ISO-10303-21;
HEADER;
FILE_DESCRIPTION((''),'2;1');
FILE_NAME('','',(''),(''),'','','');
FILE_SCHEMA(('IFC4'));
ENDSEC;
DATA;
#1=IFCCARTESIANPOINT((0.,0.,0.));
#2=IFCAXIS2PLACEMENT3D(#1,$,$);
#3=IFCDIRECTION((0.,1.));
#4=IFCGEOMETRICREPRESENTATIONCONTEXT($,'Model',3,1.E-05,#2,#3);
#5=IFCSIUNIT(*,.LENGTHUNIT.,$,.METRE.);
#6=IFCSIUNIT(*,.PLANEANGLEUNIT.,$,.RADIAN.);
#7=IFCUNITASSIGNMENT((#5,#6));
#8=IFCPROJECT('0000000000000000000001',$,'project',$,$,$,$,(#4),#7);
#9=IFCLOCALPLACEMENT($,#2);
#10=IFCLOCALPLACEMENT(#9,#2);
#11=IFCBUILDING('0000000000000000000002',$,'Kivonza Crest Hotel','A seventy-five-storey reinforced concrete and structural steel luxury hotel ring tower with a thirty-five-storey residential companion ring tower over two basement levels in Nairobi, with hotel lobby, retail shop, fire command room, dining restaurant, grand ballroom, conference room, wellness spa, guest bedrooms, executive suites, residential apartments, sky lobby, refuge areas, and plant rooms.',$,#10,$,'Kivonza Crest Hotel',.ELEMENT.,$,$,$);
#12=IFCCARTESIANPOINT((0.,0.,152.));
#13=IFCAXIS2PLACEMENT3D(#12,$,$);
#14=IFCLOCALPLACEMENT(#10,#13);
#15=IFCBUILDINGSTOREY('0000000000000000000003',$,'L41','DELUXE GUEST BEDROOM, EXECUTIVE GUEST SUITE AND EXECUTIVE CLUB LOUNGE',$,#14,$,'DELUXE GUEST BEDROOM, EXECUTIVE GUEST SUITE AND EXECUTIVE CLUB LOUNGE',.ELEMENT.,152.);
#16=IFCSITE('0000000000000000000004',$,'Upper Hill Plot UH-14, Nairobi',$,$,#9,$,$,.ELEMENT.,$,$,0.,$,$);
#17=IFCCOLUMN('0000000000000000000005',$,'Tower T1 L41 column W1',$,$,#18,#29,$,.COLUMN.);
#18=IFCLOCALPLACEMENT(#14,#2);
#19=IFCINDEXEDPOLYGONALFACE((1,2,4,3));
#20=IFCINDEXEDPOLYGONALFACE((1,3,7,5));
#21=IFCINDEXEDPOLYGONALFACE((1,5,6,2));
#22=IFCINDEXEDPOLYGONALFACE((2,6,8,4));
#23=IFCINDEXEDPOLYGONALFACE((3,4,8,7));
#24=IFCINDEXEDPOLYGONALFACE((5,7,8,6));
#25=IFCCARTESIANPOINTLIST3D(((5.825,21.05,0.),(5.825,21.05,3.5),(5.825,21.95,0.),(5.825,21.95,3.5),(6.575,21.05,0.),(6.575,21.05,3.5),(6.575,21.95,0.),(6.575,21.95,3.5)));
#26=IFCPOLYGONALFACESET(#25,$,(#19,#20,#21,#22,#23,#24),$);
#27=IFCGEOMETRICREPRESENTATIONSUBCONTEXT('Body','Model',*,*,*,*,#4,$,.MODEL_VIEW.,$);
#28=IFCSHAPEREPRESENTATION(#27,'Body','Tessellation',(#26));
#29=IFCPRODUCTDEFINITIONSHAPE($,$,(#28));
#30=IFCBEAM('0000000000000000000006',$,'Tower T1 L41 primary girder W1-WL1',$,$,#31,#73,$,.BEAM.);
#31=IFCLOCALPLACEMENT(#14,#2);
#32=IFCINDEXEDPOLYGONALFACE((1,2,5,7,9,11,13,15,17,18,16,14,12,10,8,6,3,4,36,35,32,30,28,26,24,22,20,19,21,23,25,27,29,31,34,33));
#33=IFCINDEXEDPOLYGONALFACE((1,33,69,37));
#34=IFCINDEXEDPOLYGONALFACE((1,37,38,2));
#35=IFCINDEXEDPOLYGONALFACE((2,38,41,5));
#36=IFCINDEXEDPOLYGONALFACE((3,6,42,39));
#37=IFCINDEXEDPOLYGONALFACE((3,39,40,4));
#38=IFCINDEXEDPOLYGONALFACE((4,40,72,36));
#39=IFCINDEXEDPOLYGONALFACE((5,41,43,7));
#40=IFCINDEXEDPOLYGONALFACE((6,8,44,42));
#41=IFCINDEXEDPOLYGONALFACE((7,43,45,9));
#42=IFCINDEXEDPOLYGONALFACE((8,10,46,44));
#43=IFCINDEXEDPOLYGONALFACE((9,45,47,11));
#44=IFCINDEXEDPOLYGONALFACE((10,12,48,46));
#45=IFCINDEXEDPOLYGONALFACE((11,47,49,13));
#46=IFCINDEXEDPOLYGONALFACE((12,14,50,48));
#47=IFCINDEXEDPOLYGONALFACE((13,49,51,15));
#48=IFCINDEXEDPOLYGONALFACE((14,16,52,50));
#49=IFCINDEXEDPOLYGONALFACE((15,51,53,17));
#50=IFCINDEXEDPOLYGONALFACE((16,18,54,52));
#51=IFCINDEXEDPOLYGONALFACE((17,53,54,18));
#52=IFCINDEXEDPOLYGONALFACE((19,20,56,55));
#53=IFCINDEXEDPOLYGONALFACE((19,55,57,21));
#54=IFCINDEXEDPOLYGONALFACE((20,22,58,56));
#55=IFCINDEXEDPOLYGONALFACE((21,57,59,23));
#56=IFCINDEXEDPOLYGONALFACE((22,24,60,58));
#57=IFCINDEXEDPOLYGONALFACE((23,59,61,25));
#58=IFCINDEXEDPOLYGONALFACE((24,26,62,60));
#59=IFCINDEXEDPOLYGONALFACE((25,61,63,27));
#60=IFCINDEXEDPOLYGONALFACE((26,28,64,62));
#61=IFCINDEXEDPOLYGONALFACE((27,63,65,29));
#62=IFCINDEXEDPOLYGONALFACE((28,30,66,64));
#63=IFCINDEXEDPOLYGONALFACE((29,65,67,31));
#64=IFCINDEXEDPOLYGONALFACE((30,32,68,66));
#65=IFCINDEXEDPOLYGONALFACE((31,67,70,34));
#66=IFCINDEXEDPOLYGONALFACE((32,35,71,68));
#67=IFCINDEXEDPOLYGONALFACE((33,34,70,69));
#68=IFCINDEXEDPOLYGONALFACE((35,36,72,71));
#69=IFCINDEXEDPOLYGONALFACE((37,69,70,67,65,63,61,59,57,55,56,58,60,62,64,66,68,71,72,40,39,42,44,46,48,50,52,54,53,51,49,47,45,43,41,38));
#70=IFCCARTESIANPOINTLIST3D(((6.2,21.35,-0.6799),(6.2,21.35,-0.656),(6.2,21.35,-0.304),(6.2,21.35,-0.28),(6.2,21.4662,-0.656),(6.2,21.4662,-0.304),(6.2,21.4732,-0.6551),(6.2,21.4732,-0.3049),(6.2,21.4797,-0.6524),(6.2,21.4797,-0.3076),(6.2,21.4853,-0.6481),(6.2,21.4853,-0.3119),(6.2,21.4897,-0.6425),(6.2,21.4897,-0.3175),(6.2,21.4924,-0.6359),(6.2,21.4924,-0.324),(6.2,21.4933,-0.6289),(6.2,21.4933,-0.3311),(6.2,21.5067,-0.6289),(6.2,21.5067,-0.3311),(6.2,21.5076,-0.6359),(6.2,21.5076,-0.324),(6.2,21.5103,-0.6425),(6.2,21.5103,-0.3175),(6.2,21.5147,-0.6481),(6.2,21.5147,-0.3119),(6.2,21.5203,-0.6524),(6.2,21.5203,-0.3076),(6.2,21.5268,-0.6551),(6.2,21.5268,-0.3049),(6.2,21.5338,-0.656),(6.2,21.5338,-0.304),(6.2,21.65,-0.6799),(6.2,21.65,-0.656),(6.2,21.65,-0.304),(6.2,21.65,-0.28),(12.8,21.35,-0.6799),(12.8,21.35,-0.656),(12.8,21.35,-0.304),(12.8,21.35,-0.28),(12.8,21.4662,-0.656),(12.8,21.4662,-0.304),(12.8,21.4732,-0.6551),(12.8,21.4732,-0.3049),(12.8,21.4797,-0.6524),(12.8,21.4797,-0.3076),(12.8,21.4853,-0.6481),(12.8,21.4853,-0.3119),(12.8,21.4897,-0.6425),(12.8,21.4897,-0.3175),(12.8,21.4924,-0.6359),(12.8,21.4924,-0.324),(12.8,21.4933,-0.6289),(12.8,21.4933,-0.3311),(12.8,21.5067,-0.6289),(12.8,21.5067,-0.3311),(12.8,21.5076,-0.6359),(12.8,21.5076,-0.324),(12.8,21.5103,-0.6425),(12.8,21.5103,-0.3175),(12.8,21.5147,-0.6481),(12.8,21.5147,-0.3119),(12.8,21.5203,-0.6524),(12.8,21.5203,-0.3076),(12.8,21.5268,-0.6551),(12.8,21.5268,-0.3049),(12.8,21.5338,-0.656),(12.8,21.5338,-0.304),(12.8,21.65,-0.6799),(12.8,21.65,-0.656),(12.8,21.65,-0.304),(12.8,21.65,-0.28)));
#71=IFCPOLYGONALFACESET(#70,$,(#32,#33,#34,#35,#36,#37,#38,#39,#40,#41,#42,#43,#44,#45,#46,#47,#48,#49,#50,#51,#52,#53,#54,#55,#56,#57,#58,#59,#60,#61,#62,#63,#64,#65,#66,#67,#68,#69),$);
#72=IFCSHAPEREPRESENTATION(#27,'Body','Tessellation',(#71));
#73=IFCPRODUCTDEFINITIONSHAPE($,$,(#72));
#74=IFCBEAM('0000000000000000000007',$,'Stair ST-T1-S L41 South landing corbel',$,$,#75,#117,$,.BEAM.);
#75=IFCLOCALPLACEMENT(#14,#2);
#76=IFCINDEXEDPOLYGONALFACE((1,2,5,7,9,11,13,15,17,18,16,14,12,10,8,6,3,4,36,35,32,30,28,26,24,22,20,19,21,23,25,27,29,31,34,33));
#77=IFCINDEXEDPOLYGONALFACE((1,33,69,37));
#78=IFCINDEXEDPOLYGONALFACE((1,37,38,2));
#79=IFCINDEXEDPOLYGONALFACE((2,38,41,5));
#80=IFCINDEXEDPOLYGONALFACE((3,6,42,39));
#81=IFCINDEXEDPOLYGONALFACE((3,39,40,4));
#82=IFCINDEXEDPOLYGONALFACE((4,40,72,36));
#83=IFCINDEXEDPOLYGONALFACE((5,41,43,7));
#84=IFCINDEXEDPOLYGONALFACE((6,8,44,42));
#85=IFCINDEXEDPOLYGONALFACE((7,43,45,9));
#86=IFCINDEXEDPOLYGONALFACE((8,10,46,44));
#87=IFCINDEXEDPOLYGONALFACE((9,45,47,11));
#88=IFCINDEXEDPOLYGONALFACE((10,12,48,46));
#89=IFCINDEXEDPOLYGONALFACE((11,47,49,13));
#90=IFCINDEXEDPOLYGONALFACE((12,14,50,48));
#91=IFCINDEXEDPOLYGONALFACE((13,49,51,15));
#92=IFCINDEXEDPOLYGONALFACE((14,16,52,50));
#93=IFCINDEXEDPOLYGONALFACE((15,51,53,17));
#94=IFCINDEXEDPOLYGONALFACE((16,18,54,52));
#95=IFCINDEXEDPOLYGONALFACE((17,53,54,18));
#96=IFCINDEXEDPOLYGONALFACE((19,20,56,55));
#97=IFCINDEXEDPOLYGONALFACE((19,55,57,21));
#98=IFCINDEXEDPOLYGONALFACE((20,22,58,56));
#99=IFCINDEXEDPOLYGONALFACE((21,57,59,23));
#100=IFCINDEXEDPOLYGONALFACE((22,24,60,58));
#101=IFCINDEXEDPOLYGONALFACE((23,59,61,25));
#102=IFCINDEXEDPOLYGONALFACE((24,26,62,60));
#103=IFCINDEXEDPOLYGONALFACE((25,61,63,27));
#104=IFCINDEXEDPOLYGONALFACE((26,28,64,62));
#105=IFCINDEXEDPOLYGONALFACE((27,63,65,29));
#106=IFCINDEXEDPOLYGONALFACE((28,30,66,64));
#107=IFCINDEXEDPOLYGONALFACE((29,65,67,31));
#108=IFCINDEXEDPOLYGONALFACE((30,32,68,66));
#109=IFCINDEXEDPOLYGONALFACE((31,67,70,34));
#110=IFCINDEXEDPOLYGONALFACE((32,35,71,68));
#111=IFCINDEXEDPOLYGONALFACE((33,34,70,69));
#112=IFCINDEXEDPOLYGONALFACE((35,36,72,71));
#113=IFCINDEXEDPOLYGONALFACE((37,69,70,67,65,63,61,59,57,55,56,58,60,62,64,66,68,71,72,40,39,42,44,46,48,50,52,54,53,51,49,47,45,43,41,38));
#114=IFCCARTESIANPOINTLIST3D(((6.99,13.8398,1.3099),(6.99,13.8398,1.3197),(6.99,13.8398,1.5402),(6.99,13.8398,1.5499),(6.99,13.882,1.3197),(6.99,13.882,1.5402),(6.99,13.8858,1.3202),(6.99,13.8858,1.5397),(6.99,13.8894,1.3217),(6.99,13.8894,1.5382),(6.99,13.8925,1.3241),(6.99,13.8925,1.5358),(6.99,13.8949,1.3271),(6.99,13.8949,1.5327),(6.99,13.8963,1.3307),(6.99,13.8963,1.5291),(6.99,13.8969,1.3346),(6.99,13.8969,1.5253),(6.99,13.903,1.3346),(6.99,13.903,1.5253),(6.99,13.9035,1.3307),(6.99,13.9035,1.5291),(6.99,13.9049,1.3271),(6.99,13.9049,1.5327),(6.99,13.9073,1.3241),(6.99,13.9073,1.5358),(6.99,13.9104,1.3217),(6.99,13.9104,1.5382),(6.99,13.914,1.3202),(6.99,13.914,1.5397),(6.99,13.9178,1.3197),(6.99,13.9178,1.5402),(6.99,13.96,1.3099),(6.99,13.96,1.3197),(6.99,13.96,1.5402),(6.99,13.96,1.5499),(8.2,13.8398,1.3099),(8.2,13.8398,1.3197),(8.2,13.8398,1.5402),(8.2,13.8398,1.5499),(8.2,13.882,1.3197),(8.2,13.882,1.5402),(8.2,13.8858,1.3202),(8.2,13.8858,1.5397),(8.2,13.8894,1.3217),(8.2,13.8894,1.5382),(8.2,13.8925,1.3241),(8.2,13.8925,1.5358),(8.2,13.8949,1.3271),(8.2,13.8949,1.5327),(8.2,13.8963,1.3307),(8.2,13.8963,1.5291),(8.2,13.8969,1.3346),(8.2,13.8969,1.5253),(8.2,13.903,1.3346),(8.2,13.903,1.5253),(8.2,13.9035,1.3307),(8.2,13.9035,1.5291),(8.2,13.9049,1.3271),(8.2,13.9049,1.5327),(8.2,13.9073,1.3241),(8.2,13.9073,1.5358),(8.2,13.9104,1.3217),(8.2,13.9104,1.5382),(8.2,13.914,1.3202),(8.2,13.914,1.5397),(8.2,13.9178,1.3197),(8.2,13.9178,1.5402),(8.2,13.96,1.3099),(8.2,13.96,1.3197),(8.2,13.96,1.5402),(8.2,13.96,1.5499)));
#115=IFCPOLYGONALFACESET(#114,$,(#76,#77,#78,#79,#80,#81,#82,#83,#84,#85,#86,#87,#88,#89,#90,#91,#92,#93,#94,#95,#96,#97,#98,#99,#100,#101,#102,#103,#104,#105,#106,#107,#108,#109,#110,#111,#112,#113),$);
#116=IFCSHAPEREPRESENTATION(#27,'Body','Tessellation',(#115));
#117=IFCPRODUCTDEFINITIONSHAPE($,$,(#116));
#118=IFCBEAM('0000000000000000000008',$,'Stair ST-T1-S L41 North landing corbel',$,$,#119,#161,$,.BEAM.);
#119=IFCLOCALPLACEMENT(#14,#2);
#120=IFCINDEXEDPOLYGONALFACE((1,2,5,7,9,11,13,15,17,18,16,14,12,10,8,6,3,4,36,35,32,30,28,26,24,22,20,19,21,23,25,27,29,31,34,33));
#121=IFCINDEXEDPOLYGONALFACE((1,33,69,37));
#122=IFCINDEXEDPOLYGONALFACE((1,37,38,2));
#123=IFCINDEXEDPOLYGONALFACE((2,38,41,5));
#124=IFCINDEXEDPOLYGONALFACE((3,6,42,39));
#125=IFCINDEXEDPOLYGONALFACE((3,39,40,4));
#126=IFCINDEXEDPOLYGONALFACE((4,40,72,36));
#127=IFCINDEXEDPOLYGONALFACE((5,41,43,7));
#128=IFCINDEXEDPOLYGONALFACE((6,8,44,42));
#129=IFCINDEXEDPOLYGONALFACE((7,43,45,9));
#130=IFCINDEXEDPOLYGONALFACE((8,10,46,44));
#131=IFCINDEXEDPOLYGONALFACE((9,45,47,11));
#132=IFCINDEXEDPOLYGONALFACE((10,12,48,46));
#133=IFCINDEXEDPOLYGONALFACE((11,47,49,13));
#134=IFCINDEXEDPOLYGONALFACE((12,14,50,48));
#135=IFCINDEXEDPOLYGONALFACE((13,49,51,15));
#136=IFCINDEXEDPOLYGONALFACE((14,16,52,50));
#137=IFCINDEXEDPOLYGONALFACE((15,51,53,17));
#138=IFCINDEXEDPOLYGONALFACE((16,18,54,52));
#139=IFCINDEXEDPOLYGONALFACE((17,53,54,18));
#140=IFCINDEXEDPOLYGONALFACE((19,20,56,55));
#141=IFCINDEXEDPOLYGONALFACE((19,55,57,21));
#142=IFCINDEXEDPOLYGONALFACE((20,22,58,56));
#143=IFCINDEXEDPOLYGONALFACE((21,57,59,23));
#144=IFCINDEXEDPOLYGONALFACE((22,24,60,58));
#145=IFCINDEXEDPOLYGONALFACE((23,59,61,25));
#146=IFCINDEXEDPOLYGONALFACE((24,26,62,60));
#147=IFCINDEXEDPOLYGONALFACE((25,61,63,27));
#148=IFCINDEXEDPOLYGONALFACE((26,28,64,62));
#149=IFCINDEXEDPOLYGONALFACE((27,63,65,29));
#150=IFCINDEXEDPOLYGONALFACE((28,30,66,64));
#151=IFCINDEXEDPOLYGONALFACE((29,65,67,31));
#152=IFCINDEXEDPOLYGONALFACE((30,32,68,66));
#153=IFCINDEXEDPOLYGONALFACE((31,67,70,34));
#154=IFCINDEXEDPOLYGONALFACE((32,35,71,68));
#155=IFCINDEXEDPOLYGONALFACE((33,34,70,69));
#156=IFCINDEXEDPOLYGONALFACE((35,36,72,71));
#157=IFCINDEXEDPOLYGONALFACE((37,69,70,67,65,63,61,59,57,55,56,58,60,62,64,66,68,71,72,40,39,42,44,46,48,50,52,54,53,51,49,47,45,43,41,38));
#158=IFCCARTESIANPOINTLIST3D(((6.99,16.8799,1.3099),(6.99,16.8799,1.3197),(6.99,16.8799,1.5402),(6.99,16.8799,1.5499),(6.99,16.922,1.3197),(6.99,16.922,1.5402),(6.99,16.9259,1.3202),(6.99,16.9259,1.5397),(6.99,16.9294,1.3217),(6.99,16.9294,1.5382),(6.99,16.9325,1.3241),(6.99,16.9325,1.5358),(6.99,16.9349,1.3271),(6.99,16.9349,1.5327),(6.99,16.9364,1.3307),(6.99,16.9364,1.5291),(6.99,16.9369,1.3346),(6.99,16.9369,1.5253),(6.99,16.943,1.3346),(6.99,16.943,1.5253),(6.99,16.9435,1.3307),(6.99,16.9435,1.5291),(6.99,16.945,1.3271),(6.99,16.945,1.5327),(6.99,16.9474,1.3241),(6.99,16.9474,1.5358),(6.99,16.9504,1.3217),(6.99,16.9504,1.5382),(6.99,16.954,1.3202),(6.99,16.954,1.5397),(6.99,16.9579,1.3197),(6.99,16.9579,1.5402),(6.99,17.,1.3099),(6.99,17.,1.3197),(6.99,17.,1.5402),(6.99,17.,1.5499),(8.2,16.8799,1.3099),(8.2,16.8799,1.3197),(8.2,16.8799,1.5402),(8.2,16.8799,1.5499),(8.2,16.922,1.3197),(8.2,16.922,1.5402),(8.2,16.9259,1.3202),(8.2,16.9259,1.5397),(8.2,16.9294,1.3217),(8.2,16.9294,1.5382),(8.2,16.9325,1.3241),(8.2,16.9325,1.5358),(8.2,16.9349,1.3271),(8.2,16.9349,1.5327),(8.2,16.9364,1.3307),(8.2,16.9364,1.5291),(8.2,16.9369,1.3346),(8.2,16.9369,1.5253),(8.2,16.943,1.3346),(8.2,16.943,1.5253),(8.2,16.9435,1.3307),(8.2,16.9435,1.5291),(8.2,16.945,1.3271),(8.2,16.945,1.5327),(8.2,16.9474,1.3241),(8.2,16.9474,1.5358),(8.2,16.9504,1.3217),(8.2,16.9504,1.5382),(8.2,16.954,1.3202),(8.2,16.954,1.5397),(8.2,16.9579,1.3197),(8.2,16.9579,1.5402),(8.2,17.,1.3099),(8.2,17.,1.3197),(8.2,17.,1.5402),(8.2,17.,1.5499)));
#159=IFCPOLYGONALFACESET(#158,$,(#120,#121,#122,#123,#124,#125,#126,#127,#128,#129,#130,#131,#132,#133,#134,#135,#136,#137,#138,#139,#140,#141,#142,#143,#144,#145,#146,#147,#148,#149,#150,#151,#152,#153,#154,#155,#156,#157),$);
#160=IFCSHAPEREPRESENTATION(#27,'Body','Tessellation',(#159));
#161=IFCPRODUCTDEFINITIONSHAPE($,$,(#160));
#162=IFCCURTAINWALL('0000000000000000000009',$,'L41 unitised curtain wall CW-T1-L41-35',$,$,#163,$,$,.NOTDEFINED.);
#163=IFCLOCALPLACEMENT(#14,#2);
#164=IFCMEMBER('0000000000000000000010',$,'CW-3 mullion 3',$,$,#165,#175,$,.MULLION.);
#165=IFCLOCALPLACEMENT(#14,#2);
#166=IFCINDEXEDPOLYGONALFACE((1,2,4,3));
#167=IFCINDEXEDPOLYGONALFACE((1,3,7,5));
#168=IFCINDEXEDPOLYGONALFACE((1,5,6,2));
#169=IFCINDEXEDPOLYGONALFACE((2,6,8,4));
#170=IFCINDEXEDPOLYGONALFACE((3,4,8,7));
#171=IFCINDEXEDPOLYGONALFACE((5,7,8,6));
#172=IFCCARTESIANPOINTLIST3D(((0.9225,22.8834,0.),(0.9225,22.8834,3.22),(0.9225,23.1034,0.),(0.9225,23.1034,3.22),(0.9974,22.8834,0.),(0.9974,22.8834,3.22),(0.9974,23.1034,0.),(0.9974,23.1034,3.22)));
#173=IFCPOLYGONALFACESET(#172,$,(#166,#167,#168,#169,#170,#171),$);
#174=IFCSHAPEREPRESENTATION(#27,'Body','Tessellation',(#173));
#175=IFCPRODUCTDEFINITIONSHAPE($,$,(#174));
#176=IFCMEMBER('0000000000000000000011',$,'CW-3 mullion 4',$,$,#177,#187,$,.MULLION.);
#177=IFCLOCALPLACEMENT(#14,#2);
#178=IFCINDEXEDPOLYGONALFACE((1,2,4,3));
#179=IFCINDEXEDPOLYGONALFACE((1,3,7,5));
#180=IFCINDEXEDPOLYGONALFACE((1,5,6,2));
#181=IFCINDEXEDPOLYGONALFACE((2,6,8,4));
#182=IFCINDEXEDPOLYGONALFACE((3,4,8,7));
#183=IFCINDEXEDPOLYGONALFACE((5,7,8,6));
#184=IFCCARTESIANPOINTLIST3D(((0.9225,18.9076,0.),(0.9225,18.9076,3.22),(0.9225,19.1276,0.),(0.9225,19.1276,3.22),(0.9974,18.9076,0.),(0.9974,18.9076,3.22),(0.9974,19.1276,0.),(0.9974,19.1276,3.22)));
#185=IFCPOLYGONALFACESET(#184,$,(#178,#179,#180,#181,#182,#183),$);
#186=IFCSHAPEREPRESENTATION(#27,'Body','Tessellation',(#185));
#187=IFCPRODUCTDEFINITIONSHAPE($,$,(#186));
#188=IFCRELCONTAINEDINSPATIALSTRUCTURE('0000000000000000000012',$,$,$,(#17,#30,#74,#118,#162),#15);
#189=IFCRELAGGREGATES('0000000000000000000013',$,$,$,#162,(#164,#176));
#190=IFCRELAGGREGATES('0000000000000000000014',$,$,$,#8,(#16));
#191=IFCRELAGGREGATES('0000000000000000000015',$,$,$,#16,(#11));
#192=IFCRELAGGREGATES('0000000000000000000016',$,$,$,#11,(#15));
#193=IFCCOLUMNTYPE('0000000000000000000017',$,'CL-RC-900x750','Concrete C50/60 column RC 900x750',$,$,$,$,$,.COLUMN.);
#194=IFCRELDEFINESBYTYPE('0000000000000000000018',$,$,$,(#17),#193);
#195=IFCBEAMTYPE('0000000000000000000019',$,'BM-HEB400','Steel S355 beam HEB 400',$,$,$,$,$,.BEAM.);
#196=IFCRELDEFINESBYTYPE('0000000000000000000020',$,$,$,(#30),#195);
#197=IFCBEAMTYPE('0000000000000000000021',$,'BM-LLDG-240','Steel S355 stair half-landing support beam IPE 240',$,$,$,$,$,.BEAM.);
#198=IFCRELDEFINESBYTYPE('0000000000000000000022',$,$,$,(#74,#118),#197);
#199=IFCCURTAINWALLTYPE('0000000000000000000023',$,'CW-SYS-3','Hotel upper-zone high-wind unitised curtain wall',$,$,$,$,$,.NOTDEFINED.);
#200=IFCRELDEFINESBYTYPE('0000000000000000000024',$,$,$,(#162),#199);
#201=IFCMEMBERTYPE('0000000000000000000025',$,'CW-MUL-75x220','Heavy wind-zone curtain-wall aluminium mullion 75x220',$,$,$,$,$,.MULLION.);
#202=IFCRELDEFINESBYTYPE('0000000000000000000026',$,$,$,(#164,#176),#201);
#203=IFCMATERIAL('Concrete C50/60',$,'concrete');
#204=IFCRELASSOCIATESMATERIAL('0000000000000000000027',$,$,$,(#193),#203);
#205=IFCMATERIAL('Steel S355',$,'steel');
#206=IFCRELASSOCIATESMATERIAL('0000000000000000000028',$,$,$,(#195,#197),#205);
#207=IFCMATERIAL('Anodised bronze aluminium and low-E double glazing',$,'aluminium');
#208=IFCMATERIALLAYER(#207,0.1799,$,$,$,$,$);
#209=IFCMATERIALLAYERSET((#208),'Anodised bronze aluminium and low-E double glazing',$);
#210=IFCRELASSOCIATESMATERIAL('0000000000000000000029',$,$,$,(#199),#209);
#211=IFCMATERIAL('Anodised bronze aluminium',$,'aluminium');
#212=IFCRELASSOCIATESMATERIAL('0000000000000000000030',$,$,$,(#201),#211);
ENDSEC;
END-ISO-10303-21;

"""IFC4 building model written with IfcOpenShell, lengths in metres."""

from ifc_helpers import new_model, si_unit, direction, frame, origin, origin_2d, place, context, subcontext, project, spatial, rectangle, i_section, extrude, material, layer, layer_set, material_profile, profile_set, type_object, element, aggregate, save


model = new_model("IFC4")

# Units and contexts
model_context = context("Model", 3, precision=1e-05, world=origin(), true_north=direction((0.0, 1.0)))
body_context = subcontext(model_context, "Body", "Model", "MODEL_VIEW")
ifc_project = project(units=[si_unit("LENGTHUNIT", "METRE"), si_unit("PLANEANGLEUNIT", "RADIAN")], contexts=[model_context])

# Site, building, storey
site_placement = place(None, origin())
site = spatial("IfcSite", under=ifc_project, at=site_placement, Name="Upper Hill Plot UH-14, Nairobi", CompositionType="ELEMENT", RefElevation=0.0)
building_placement = place(site_placement, origin())
building = spatial("IfcBuilding", under=site, at=building_placement, Name="Kivonza Crest Hotel", Description="A seventy-five-storey reinforced concrete and structural steel luxury hotel ring tower with a thirty-five-storey residential companion ring tower over two basement levels in Nairobi, with hotel lobby, retail shop, fire command room, dining restaurant, grand ballroom, conference room, wellness spa, guest bedrooms, executive suites, residential apartments, sky lobby, refuge areas, and plant rooms.", LongName="Kivonza Crest Hotel", CompositionType="ELEMENT")
storey_placement = place(building_placement, frame((0.0, 0.0, 152.0)))
storey = spatial("IfcBuildingStorey", under=building, at=storey_placement, Name="L41", Description="DELUXE GUEST BEDROOM, EXECUTIVE GUEST SUITE AND EXECUTIVE CLUB LOUNGE", LongName="DELUXE GUEST BEDROOM, EXECUTIVE GUEST SUITE AND EXECUTIVE CLUB LOUNGE", CompositionType="ELEMENT", Elevation=152.0)

# Column
ifc_material_1 = material(Name="Concrete C50/60", Category="concrete")
ifc_material_profile_1 = material_profile(ifc_material_1, rectangle(XDim=0.75, YDim=0.8999, at=origin_2d()), Name="RC 900x750")
ifc_profile_set_1 = profile_set([ifc_material_profile_1], Name="Concrete C50/60")
column_type = type_object("IfcColumnType", Name="CL-RC-900x750", Description="Concrete C50/60 column RC 900x750", PredefinedType="COLUMN", material=ifc_profile_set_1)
column_placement = place(storey_placement, frame((6.2, 21.5, 0.0), z_axis=(0.0, 0.0, 1.0), x_axis=(1.0, 0.0, 0.0)))
element("IfcColumn", 1, at=column_placement, inside=storey, type_object=column_type, Name="Tower T1 L41 column W1", PredefinedType="COLUMN", context=body_context, shape_type="SweptSolid", body=[
    extrude(rectangle(XDim=0.75, YDim=0.8999, at=origin_2d()), origin(), (0.0, 0.0, 1.0), 3.5),
])

# Beams
ifc_material_2 = material(Name="Steel S355", Category="steel")
ifc_material_profile_2 = material_profile(ifc_material_2, i_section(OverallWidth=0.3, OverallDepth=0.3999, WebThickness=0.0134, FlangeThickness=0.0239, FilletRadius=0.0271, at=origin_2d()), Name="HEB 400")
ifc_profile_set_2 = profile_set([ifc_material_profile_2], Name="Steel S355")
beam_type_1 = type_object("IfcBeamType", Name="BM-HEB400", Description="Steel S355 beam HEB 400", PredefinedType="BEAM", material=ifc_profile_set_2)
beam_placement = place(storey_placement, frame((6.2, 21.5, -0.48), z_axis=(1.0, 0.0, 0.0), x_axis=(0.0, 1.0, 0.0)))
element("IfcBeam", 2, at=beam_placement, inside=storey, type_object=beam_type_1, Name="Tower T1 L41 primary girder W1-WL1", PredefinedType="BEAM", context=body_context, shape_type="SweptSolid", body=[
    extrude(i_section(OverallWidth=0.3, OverallDepth=0.3999, WebThickness=0.0134, FlangeThickness=0.0239, FilletRadius=0.0271, at=origin_2d()), origin(), (0.0, 0.0, 1.0), 6.6001),
])
ifc_material_profile_3 = material_profile(ifc_material_2, i_section(OverallWidth=0.1201, OverallDepth=0.24, WebThickness=0.0061, FlangeThickness=0.0098, FilletRadius=0.0149, at=origin_2d()), Name="IPE 240")
ifc_profile_set_3 = profile_set([ifc_material_profile_3], Name="Steel S355")
beam_type_2 = type_object("IfcBeamType", Name="BM-LLDG-240", Description="Steel S355 stair half-landing support beam IPE 240", PredefinedType="BEAM", material=ifc_profile_set_3)
for number, where, z_axis, x_axis, name in (
    (3, (6.99, 13.8999, 1.4299), (1.0, 0.0, 0.0), (0.0, 1.0, 0.0), "Stair ST-T1-S L41 South landing corbel"),
    (4, (6.99, 16.9399, 1.4299), (1.0, 0.0, 0.0), (0.0, 1.0, 0.0), "Stair ST-T1-S L41 North landing corbel"),
):
    element("IfcBeam", number, at=place(storey_placement, frame(where, z_axis=z_axis, x_axis=x_axis)), inside=storey, type_object=beam_type_2, Name=name, PredefinedType="BEAM", context=body_context, shape_type="SweptSolid", body=[
        extrude(i_section(OverallWidth=0.1201, OverallDepth=0.24, WebThickness=0.0061, FlangeThickness=0.0098, FilletRadius=0.0149, at=origin_2d()), origin(), (0.0, 0.0, 1.0), 1.21),
    ])

# Curtain wall, members
ifc_material_3 = material(Name="Anodised bronze aluminium and low-E double glazing", Category="aluminium")
ifc_layer_1 = layer(ifc_material_3, 0.1799)
ifc_layer_set_1 = layer_set([ifc_layer_1], Name="Anodised bronze aluminium and low-E double glazing")
curtain_wall_type = type_object("IfcCurtainWallType", Name="CW-SYS-3", Description="Hotel upper-zone high-wind unitised curtain wall", PredefinedType="NOTDEFINED", material=ifc_layer_set_1)
curtain_wall_placement = place(storey_placement, origin())
curtain_wall = element("IfcCurtainWall", 5, at=curtain_wall_placement, inside=storey, type_object=curtain_wall_type, Name="L41 unitised curtain wall CW-T1-L41-35", PredefinedType="NOTDEFINED")
ifc_material_4 = material(Name="Anodised bronze aluminium", Category="aluminium")
ifc_material_profile_4 = material_profile(ifc_material_4, rectangle(XDim=0.075, YDim=0.22, at=origin_2d()), Name="CW-M 75x220")
ifc_profile_set_4 = profile_set([ifc_material_profile_4], Name="Anodised bronze aluminium")
member_type_1 = type_object("IfcMemberType", Name="CW-MUL-75x220", Description="Heavy wind-zone curtain-wall aluminium mullion 75x220", PredefinedType="MULLION", material=ifc_profile_set_4)
member_1_placement = place(storey_placement, frame((0.96, 22.9934, 0.0), z_axis=(0.0, 0.0, 1.0), x_axis=(1.0, 0.0, 0.0)))
member_1 = element("IfcMember", 6, at=member_1_placement, type_object=member_type_1, Name="CW-3 mullion 3", PredefinedType="MULLION", context=body_context, shape_type="SweptSolid", body=[
    extrude(rectangle(XDim=0.075, YDim=0.22, at=origin_2d()), origin(), (0.0, 0.0, 1.0), 3.22),
])
member_2_placement = place(storey_placement, frame((0.96, 19.0176, 0.0), z_axis=(0.0, 0.0, 1.0), x_axis=(1.0, 0.0, 0.0)))
member_2 = element("IfcMember", 7, at=member_2_placement, type_object=member_type_1, Name="CW-3 mullion 4", PredefinedType="MULLION", context=body_context, shape_type="SweptSolid", body=[
    extrude(rectangle(XDim=0.075, YDim=0.22, at=origin_2d()), origin(), (0.0, 0.0, 1.0), 3.22),
])
aggregate(curtain_wall, [member_1, member_2])

save(model, "model.ifc")
